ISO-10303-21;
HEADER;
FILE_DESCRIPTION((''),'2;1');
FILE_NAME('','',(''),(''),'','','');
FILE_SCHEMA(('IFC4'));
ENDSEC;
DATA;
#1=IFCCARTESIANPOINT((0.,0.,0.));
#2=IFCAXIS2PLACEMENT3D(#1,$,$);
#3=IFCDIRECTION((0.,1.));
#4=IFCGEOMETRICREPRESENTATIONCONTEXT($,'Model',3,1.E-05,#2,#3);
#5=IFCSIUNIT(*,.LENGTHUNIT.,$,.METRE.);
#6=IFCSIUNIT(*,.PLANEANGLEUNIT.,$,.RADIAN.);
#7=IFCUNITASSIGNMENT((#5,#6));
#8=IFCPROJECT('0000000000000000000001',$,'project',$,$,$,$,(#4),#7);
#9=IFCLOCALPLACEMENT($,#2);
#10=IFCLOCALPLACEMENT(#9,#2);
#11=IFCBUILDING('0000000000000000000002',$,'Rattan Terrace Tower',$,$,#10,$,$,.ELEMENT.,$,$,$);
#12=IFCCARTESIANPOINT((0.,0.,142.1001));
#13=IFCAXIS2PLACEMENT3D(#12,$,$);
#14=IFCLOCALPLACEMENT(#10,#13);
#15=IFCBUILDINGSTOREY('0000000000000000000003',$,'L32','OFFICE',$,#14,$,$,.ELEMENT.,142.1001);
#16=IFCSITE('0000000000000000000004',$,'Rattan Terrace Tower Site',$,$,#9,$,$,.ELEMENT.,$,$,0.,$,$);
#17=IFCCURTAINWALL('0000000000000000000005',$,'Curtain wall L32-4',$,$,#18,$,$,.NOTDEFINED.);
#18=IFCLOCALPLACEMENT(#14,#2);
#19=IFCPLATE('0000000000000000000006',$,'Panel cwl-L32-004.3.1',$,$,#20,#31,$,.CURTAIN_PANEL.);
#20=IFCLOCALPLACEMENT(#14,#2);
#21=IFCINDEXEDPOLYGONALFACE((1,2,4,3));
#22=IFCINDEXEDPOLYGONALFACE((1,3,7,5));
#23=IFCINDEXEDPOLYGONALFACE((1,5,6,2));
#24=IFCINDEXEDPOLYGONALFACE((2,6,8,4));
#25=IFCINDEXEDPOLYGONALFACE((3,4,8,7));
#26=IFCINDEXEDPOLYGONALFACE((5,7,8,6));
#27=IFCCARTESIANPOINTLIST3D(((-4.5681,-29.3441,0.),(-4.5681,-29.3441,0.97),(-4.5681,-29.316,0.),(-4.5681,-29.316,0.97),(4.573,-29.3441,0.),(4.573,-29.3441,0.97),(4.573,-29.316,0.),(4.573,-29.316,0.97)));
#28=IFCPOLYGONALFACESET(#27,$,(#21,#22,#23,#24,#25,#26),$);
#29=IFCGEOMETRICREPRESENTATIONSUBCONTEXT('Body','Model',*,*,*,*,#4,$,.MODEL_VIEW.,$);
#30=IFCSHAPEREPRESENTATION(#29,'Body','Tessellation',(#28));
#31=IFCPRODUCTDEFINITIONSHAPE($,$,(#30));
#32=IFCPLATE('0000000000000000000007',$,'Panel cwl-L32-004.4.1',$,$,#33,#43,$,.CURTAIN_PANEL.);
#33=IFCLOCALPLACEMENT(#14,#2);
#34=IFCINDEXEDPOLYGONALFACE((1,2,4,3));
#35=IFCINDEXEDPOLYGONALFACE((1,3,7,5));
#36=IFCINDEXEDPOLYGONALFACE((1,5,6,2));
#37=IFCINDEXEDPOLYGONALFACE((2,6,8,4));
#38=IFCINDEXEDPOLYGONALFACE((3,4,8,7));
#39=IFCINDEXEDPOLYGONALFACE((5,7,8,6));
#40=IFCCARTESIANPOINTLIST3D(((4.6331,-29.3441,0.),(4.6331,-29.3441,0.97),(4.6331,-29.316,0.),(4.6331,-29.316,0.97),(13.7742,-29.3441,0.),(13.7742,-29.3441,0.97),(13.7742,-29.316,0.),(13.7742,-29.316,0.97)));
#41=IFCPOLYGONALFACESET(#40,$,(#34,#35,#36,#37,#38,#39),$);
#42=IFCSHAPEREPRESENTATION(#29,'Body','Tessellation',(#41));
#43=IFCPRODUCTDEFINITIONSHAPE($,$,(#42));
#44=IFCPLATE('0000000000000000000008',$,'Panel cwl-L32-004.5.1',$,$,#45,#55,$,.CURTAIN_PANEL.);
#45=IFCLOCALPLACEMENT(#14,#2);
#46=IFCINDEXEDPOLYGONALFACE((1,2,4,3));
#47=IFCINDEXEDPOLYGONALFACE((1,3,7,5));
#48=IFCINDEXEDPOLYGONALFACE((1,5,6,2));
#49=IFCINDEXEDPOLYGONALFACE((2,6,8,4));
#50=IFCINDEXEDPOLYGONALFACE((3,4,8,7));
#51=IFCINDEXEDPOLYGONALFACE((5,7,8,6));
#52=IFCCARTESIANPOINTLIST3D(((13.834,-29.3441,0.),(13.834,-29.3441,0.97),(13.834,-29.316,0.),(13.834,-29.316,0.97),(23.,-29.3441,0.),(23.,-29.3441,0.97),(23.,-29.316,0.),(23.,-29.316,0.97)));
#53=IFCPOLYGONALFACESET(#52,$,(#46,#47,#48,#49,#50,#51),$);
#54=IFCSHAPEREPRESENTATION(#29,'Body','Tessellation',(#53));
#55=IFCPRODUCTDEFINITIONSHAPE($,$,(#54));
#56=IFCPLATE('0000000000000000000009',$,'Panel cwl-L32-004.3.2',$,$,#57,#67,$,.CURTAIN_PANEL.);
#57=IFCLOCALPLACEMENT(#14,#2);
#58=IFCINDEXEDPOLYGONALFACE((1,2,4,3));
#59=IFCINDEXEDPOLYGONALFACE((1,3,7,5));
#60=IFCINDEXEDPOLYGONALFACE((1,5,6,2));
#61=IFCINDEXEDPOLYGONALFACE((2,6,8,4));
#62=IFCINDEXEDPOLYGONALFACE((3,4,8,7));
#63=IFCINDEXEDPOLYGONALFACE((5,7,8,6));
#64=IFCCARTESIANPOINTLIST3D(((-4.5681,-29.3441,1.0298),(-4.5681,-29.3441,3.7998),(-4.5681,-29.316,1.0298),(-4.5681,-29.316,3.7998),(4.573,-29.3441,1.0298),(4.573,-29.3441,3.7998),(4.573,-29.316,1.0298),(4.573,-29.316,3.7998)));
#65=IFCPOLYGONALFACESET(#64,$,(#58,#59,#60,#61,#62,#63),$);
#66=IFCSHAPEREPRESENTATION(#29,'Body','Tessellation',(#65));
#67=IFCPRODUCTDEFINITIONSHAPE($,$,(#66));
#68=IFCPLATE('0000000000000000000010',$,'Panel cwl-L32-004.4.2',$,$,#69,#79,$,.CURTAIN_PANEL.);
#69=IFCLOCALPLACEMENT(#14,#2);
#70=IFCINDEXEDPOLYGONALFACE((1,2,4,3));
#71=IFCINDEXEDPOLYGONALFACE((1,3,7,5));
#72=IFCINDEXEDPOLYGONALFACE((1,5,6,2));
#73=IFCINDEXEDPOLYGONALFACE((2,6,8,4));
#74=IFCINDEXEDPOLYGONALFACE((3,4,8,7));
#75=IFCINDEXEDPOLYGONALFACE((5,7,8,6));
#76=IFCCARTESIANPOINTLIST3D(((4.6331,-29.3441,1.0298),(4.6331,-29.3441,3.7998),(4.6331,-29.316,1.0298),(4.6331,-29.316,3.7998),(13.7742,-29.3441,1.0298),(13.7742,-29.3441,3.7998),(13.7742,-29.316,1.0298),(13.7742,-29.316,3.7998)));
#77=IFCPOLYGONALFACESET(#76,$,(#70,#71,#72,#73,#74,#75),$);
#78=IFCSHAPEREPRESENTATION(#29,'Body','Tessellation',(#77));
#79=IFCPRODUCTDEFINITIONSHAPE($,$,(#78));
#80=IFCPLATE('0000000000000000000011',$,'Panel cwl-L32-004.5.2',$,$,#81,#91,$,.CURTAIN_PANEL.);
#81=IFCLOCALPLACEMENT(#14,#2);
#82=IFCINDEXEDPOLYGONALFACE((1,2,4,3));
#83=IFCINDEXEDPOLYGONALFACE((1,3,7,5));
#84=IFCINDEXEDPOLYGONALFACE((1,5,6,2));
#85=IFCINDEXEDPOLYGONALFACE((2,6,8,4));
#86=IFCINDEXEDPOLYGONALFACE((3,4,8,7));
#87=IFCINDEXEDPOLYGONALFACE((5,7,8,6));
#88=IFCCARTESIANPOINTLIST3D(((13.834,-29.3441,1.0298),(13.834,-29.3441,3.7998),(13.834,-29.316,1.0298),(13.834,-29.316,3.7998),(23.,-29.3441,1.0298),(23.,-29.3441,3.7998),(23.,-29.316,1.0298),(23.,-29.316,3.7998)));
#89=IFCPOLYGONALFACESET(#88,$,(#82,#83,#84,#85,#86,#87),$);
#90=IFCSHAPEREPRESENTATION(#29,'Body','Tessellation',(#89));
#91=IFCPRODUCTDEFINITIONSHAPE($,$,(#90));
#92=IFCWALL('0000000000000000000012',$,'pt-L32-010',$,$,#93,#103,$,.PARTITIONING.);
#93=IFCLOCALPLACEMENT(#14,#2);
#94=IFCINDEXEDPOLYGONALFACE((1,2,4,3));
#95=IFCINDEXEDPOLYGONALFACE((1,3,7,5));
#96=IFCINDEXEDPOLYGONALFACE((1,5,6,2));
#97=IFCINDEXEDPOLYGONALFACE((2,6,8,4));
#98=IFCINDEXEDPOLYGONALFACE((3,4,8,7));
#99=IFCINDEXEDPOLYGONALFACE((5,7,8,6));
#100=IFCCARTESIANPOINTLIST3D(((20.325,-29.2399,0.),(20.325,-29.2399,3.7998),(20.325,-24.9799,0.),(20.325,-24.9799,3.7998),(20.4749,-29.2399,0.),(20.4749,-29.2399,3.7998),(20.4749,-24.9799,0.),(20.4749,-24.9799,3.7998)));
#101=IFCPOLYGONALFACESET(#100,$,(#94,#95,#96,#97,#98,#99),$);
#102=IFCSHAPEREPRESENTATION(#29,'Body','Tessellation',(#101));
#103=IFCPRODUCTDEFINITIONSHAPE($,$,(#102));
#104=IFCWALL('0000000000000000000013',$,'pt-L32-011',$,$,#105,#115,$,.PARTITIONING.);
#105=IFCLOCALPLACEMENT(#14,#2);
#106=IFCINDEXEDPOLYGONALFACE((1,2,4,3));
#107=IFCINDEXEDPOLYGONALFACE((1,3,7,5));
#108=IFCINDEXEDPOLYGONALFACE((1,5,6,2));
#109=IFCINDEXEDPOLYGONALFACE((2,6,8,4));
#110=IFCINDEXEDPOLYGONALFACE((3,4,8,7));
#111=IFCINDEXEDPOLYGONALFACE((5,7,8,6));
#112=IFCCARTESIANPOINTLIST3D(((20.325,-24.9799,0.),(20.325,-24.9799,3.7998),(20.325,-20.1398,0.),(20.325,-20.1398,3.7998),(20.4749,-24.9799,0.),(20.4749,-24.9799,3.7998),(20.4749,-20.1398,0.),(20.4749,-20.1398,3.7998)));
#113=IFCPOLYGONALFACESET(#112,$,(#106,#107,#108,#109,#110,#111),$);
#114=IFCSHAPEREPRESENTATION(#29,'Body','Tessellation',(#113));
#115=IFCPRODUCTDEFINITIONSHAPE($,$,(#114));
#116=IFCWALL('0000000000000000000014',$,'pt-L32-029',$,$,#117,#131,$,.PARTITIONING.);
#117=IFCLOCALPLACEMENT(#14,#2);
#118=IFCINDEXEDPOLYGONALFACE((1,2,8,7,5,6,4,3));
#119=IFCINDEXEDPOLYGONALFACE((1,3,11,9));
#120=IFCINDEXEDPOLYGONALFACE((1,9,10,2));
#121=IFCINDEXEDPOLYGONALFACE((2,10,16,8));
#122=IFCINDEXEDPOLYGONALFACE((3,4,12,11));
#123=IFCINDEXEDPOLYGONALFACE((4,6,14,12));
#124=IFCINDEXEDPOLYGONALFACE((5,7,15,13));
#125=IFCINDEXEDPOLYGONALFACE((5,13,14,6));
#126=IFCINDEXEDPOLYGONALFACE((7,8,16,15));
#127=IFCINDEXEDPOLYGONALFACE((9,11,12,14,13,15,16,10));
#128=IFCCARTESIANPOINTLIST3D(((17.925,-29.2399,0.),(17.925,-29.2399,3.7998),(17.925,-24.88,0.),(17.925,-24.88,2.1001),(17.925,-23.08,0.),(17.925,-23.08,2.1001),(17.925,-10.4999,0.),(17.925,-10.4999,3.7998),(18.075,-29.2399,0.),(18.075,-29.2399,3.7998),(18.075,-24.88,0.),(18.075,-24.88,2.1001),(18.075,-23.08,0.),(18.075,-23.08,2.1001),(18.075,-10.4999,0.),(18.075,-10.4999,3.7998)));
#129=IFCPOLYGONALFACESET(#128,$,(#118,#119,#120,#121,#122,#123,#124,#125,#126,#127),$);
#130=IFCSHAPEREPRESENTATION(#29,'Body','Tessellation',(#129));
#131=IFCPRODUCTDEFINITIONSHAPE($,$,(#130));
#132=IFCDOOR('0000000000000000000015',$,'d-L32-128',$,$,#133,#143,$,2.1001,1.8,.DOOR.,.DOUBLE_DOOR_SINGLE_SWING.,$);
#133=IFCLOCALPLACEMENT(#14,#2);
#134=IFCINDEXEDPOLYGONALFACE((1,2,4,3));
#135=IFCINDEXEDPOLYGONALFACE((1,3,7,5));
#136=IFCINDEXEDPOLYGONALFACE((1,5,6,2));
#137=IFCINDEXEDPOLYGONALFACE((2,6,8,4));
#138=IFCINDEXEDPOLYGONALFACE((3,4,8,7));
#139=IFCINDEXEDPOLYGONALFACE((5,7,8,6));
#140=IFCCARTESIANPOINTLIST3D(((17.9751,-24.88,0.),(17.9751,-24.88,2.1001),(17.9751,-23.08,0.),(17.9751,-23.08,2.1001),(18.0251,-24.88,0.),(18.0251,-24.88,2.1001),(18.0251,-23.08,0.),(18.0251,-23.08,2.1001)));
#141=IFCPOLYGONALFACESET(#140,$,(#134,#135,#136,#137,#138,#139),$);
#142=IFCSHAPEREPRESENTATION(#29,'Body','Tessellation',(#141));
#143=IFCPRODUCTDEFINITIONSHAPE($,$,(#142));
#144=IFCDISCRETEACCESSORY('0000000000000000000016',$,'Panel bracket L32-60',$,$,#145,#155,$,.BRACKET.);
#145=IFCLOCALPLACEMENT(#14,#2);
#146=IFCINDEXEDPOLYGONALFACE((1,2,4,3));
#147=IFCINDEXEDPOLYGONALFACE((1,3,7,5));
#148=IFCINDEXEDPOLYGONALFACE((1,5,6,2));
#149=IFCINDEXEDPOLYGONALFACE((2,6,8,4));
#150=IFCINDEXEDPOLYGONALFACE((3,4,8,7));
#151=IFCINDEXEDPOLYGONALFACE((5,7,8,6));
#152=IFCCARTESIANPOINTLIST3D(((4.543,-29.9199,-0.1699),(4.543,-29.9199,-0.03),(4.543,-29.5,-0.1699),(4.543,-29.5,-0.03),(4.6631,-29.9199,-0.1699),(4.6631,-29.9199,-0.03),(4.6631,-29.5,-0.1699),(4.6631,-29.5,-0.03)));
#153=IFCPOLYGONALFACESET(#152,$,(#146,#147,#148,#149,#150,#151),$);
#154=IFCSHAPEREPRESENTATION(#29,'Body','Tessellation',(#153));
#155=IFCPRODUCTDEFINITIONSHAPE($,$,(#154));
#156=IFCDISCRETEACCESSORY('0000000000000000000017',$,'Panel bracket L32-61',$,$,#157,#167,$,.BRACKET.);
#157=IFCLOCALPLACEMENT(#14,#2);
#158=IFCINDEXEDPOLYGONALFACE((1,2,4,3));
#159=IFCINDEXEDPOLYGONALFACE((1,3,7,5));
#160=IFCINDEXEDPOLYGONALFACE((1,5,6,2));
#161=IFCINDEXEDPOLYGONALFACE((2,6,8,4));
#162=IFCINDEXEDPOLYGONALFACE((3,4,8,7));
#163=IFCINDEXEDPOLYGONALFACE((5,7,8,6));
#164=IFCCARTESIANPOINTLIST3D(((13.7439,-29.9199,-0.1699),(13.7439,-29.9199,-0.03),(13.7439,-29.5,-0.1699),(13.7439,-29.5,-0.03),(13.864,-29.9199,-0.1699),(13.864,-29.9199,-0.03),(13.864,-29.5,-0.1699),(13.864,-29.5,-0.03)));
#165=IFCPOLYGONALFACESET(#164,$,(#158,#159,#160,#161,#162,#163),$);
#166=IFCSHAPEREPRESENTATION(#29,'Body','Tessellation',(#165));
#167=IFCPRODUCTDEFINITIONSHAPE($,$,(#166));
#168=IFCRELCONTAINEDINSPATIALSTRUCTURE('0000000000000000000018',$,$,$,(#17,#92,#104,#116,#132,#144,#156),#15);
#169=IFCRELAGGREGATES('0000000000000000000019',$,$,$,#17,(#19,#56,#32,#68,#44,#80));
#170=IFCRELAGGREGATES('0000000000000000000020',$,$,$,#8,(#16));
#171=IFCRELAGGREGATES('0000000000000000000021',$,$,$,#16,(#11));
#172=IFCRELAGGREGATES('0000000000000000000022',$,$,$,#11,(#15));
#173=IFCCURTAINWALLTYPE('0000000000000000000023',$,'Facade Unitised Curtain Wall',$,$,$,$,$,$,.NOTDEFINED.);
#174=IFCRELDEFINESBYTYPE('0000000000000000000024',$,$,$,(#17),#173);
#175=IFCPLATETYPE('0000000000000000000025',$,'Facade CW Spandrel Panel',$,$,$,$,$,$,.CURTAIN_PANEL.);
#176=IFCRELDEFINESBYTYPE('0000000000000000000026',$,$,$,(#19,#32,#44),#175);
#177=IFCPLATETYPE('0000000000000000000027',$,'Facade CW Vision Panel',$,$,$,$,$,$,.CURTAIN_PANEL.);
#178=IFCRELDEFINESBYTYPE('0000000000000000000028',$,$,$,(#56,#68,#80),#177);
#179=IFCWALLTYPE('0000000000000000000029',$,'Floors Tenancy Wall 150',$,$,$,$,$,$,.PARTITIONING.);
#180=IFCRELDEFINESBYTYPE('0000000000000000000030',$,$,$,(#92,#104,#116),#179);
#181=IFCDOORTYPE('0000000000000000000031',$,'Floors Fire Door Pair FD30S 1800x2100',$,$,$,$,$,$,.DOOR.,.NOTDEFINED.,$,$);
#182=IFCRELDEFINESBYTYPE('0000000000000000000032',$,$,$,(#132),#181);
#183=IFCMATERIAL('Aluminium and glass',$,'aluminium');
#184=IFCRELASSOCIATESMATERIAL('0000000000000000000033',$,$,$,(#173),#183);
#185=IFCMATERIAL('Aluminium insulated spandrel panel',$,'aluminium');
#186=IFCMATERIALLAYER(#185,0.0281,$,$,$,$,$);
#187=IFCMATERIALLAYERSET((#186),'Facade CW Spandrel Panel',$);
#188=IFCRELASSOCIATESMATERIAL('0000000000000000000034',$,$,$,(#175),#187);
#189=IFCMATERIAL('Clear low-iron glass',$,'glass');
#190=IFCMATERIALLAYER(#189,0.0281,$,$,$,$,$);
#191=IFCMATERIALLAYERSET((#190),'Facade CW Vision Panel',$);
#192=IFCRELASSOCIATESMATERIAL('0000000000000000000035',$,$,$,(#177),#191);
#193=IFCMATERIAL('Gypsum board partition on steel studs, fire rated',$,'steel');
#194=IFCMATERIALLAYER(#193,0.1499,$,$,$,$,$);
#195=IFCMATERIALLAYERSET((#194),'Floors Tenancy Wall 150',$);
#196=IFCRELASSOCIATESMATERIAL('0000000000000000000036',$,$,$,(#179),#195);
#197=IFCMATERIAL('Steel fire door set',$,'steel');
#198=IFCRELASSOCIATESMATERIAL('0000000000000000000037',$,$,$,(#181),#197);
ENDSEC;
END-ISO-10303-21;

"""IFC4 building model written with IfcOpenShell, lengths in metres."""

from ifc_helpers import new_model, si_unit, direction, frame, frame_2d, origin, origin_2d, place, context, subcontext, project, spatial, rectangle, extrude, material, layer, layer_set, type_object, element, fill, aggregate, save


model = new_model("IFC4")

# Units and contexts
model_context = context("Model", 3, precision=1e-05, world=origin(), true_north=direction((0.0, 1.0)))
body_context = subcontext(model_context, "Body", "Model", "MODEL_VIEW")
ifc_project = project(units=[si_unit("LENGTHUNIT", "METRE"), si_unit("PLANEANGLEUNIT", "RADIAN")], contexts=[model_context])

# Site, building, storey
site_placement = place(None, origin())
site = spatial("IfcSite", under=ifc_project, at=site_placement, Name="Rattan Terrace Tower Site", CompositionType="ELEMENT", RefElevation=0.0)
building_placement = place(site_placement, origin())
building = spatial("IfcBuilding", under=site, at=building_placement, Name="Rattan Terrace Tower", CompositionType="ELEMENT")
storey_placement = place(building_placement, frame((0.0, 0.0, 142.1001)))
storey = spatial("IfcBuildingStorey", under=building, at=storey_placement, Name="L32", Description="OFFICE", CompositionType="ELEMENT", Elevation=142.1001)

# Curtain wall
ifc_material_1 = material(Name="Aluminium and glass", Category="aluminium")
curtain_wall_type = type_object("IfcCurtainWallType", Name="Facade Unitised Curtain Wall", PredefinedType="NOTDEFINED", material=ifc_material_1)
curtain_wall_placement = place(storey_placement, origin())
curtain_wall = element("IfcCurtainWall", 1, at=curtain_wall_placement, inside=storey, type_object=curtain_wall_type, Name="Curtain wall L32-4", PredefinedType="NOTDEFINED")

# Plates
ifc_material_2 = material(Name="Aluminium insulated spandrel panel", Category="aluminium")
ifc_layer_1 = layer(ifc_material_2, 0.0281)
ifc_layer_set_1 = layer_set([ifc_layer_1], Name="Facade CW Spandrel Panel")
plate_type_1 = type_object("IfcPlateType", Name="Facade CW Spandrel Panel", PredefinedType="CURTAIN_PANEL", material=ifc_layer_set_1)
plate_1_placement = place(storey_placement, frame((0.0024, -29.3301, 0.0), z_axis=(0.0, 0.0, 1.0), x_axis=(1.0, 0.0, 0.0)))
plate_1 = element("IfcPlate", 2, at=plate_1_placement, type_object=plate_type_1, Name="Panel cwl-L32-004.3.1", PredefinedType="CURTAIN_PANEL", context=body_context, shape_type="SweptSolid", body=[
    extrude(rectangle(XDim=9.1411, YDim=0.0281, at=origin_2d()), origin(), (0.0, 0.0, 1.0), 0.97),
])
plate_2_placement = place(storey_placement, frame((9.2036, -29.3301, 0.0), z_axis=(0.0, 0.0, 1.0), x_axis=(1.0, 0.0, 0.0)))
plate_2 = element("IfcPlate", 3, at=plate_2_placement, type_object=plate_type_1, Name="Panel cwl-L32-004.4.1", PredefinedType="CURTAIN_PANEL", context=body_context, shape_type="SweptSolid", body=[
    extrude(rectangle(XDim=9.1411, YDim=0.0281, at=origin_2d()), origin(), (0.0, 0.0, 1.0), 0.97),
])
plate_3_placement = place(storey_placement, frame((18.417, -29.3301, 0.0), z_axis=(0.0, 0.0, 1.0), x_axis=(1.0, 0.0, 0.0)))
plate_3 = element("IfcPlate", 4, at=plate_3_placement, type_object=plate_type_1, Name="Panel cwl-L32-004.5.1", PredefinedType="CURTAIN_PANEL", context=body_context, shape_type="SweptSolid", body=[
    extrude(rectangle(XDim=9.166, YDim=0.0281, at=origin_2d()), origin(), (0.0, 0.0, 1.0), 0.97),
])
ifc_material_3 = material(Name="Clear low-iron glass", Category="glass")
ifc_layer_2 = layer(ifc_material_3, 0.0281)
ifc_layer_set_2 = layer_set([ifc_layer_2], Name="Facade CW Vision Panel")
plate_type_2 = type_object("IfcPlateType", Name="Facade CW Vision Panel", PredefinedType="CURTAIN_PANEL", material=ifc_layer_set_2)
plate_4_placement = place(storey_placement, frame((0.0024, -29.3301, 1.0298), z_axis=(0.0, 0.0, 1.0), x_axis=(1.0, 0.0, 0.0)))
plate_4 = element("IfcPlate", 5, at=plate_4_placement, type_object=plate_type_2, Name="Panel cwl-L32-004.3.2", PredefinedType="CURTAIN_PANEL", context=body_context, shape_type="SweptSolid", body=[
    extrude(rectangle(XDim=9.1411, YDim=0.0281, at=origin_2d()), origin(), (0.0, 0.0, 1.0), 2.77),
])
plate_5_placement = place(storey_placement, frame((9.2036, -29.3301, 1.0298), z_axis=(0.0, 0.0, 1.0), x_axis=(1.0, 0.0, 0.0)))
plate_5 = element("IfcPlate", 6, at=plate_5_placement, type_object=plate_type_2, Name="Panel cwl-L32-004.4.2", PredefinedType="CURTAIN_PANEL", context=body_context, shape_type="SweptSolid", body=[
    extrude(rectangle(XDim=9.1411, YDim=0.0281, at=origin_2d()), origin(), (0.0, 0.0, 1.0), 2.77),
])
plate_6_placement = place(storey_placement, frame((18.417, -29.3301, 1.0298), z_axis=(0.0, 0.0, 1.0), x_axis=(1.0, 0.0, 0.0)))
plate_6 = element("IfcPlate", 7, at=plate_6_placement, type_object=plate_type_2, Name="Panel cwl-L32-004.5.2", PredefinedType="CURTAIN_PANEL", context=body_context, shape_type="SweptSolid", body=[
    extrude(rectangle(XDim=9.166, YDim=0.0281, at=origin_2d()), origin(), (0.0, 0.0, 1.0), 2.77),
])
aggregate(curtain_wall, [plate_1, plate_4, plate_2, plate_5, plate_3, plate_6])

# Walls
ifc_material_4 = material(Name="Gypsum board partition on steel studs, fire rated", Category="steel")
ifc_layer_3 = layer(ifc_material_4, 0.1499)
ifc_layer_set_3 = layer_set([ifc_layer_3], Name="Floors Tenancy Wall 150")
wall_type = type_object("IfcWallType", Name="Floors Tenancy Wall 150", PredefinedType="PARTITIONING", material=ifc_layer_set_3)
wall_1_placement = place(storey_placement, frame((20.3999, -24.98, 0.0), z_axis=(0.0, 0.0, 1.0), x_axis=(0.0, -1.0, 0.0)))
element("IfcWall", 8, at=wall_1_placement, inside=storey, type_object=wall_type, Name="pt-L32-010", PredefinedType="PARTITIONING", context=body_context, shape_type="SweptSolid", body=[
    extrude(rectangle(XDim=4.26, YDim=0.1499, at=frame_2d((2.1299, 0.0))), origin(), (0.0, 0.0, 1.0), 3.7998),
])
wall_2_placement = place(storey_placement, frame((20.3999, -20.1399, 0.0), z_axis=(0.0, 0.0, 1.0), x_axis=(0.0, -1.0, 0.0)))
element("IfcWall", 9, at=wall_2_placement, inside=storey, type_object=wall_type, Name="pt-L32-011", PredefinedType="PARTITIONING", context=body_context, shape_type="SweptSolid", body=[
    extrude(rectangle(XDim=4.8401, YDim=0.1499, at=frame_2d((2.4199, 0.0))), origin(), (0.0, 0.0, 1.0), 3.7998),
])

# Wall, opening, door
wall_3_placement = place(storey_placement, frame((18.0, -29.24, 0.0), z_axis=(0.0, 0.0, 1.0), x_axis=(0.0, 1.0, 0.0)))
wall_3 = element("IfcWall", 10, at=wall_3_placement, inside=storey, type_object=wall_type, Name="pt-L32-029", PredefinedType="PARTITIONING", context=body_context, shape_type="SweptSolid", body=[
    extrude(rectangle(XDim=18.74, YDim=0.1499, at=frame_2d((9.3701, 0.0))), origin(), (0.0, 0.0, 1.0), 3.7998),
])
opening_placement = place(wall_3_placement, frame((4.3601, 0.0, 0.0)))
opening = element("IfcOpeningElement", 11, at=opening_placement, cuts=wall_3, PredefinedType="OPENING", context=body_context, shape_type="SweptSolid", body=[
    extrude(rectangle(XDim=1.8, YDim=2.1001, at=frame_2d((0.8999, 1.05))), frame((0.0, 0.0854, 0.0), z_axis=(0.0, -1.0, 0.0), x_axis=(1.0, 0.0, 0.0)), (0.0, 0.0, 1.0), 0.1709),
])
ifc_material_5 = material(Name="Steel fire door set", Category="steel")
door_type = type_object("IfcDoorType", Name="Floors Fire Door Pair FD30S 1800x2100", OperationType="NOTDEFINED", PredefinedType="DOOR", material=ifc_material_5)
door_placement = place(opening_placement, origin())
door = element("IfcDoor", 12, at=door_placement, inside=storey, type_object=door_type, Name="d-L32-128", OperationType="DOUBLE_DOOR_SINGLE_SWING", OverallHeight=2.1001, OverallWidth=1.8, PredefinedType="DOOR", context=body_context, shape_type="SweptSolid", body=[
    extrude(rectangle(XDim=1.8, YDim=2.1001, at=frame_2d((0.8999, 1.05))), frame((0.0, 0.0249, 0.0), z_axis=(0.0, -1.0, 0.0), x_axis=(1.0, 0.0, 0.0)), (0.0, 0.0, 1.0), 0.05),
])
fill(opening, door)

# Discrete accessories
for number, where, z_axis, x_axis, name in (
    (13, (4.603, -29.71, -0.1699), (0.0, 0.0, 1.0), (1.0, 0.0, 0.0), "Panel bracket L32-60"),
    (14, (13.804, -29.71, -0.1699), (0.0, 0.0, 1.0), (1.0, 0.0, 0.0), "Panel bracket L32-61"),
):
    element("IfcDiscreteAccessory", number, at=place(storey_placement, frame(where, z_axis=z_axis, x_axis=x_axis)), inside=storey, Name=name, PredefinedType="BRACKET", context=body_context, shape_type="SweptSolid", body=[
        extrude(rectangle(XDim=0.1201, YDim=0.4199, at=origin_2d()), origin(), (0.0, 0.0, 1.0), 0.1399),
    ])

save(model, "model.ifc")
